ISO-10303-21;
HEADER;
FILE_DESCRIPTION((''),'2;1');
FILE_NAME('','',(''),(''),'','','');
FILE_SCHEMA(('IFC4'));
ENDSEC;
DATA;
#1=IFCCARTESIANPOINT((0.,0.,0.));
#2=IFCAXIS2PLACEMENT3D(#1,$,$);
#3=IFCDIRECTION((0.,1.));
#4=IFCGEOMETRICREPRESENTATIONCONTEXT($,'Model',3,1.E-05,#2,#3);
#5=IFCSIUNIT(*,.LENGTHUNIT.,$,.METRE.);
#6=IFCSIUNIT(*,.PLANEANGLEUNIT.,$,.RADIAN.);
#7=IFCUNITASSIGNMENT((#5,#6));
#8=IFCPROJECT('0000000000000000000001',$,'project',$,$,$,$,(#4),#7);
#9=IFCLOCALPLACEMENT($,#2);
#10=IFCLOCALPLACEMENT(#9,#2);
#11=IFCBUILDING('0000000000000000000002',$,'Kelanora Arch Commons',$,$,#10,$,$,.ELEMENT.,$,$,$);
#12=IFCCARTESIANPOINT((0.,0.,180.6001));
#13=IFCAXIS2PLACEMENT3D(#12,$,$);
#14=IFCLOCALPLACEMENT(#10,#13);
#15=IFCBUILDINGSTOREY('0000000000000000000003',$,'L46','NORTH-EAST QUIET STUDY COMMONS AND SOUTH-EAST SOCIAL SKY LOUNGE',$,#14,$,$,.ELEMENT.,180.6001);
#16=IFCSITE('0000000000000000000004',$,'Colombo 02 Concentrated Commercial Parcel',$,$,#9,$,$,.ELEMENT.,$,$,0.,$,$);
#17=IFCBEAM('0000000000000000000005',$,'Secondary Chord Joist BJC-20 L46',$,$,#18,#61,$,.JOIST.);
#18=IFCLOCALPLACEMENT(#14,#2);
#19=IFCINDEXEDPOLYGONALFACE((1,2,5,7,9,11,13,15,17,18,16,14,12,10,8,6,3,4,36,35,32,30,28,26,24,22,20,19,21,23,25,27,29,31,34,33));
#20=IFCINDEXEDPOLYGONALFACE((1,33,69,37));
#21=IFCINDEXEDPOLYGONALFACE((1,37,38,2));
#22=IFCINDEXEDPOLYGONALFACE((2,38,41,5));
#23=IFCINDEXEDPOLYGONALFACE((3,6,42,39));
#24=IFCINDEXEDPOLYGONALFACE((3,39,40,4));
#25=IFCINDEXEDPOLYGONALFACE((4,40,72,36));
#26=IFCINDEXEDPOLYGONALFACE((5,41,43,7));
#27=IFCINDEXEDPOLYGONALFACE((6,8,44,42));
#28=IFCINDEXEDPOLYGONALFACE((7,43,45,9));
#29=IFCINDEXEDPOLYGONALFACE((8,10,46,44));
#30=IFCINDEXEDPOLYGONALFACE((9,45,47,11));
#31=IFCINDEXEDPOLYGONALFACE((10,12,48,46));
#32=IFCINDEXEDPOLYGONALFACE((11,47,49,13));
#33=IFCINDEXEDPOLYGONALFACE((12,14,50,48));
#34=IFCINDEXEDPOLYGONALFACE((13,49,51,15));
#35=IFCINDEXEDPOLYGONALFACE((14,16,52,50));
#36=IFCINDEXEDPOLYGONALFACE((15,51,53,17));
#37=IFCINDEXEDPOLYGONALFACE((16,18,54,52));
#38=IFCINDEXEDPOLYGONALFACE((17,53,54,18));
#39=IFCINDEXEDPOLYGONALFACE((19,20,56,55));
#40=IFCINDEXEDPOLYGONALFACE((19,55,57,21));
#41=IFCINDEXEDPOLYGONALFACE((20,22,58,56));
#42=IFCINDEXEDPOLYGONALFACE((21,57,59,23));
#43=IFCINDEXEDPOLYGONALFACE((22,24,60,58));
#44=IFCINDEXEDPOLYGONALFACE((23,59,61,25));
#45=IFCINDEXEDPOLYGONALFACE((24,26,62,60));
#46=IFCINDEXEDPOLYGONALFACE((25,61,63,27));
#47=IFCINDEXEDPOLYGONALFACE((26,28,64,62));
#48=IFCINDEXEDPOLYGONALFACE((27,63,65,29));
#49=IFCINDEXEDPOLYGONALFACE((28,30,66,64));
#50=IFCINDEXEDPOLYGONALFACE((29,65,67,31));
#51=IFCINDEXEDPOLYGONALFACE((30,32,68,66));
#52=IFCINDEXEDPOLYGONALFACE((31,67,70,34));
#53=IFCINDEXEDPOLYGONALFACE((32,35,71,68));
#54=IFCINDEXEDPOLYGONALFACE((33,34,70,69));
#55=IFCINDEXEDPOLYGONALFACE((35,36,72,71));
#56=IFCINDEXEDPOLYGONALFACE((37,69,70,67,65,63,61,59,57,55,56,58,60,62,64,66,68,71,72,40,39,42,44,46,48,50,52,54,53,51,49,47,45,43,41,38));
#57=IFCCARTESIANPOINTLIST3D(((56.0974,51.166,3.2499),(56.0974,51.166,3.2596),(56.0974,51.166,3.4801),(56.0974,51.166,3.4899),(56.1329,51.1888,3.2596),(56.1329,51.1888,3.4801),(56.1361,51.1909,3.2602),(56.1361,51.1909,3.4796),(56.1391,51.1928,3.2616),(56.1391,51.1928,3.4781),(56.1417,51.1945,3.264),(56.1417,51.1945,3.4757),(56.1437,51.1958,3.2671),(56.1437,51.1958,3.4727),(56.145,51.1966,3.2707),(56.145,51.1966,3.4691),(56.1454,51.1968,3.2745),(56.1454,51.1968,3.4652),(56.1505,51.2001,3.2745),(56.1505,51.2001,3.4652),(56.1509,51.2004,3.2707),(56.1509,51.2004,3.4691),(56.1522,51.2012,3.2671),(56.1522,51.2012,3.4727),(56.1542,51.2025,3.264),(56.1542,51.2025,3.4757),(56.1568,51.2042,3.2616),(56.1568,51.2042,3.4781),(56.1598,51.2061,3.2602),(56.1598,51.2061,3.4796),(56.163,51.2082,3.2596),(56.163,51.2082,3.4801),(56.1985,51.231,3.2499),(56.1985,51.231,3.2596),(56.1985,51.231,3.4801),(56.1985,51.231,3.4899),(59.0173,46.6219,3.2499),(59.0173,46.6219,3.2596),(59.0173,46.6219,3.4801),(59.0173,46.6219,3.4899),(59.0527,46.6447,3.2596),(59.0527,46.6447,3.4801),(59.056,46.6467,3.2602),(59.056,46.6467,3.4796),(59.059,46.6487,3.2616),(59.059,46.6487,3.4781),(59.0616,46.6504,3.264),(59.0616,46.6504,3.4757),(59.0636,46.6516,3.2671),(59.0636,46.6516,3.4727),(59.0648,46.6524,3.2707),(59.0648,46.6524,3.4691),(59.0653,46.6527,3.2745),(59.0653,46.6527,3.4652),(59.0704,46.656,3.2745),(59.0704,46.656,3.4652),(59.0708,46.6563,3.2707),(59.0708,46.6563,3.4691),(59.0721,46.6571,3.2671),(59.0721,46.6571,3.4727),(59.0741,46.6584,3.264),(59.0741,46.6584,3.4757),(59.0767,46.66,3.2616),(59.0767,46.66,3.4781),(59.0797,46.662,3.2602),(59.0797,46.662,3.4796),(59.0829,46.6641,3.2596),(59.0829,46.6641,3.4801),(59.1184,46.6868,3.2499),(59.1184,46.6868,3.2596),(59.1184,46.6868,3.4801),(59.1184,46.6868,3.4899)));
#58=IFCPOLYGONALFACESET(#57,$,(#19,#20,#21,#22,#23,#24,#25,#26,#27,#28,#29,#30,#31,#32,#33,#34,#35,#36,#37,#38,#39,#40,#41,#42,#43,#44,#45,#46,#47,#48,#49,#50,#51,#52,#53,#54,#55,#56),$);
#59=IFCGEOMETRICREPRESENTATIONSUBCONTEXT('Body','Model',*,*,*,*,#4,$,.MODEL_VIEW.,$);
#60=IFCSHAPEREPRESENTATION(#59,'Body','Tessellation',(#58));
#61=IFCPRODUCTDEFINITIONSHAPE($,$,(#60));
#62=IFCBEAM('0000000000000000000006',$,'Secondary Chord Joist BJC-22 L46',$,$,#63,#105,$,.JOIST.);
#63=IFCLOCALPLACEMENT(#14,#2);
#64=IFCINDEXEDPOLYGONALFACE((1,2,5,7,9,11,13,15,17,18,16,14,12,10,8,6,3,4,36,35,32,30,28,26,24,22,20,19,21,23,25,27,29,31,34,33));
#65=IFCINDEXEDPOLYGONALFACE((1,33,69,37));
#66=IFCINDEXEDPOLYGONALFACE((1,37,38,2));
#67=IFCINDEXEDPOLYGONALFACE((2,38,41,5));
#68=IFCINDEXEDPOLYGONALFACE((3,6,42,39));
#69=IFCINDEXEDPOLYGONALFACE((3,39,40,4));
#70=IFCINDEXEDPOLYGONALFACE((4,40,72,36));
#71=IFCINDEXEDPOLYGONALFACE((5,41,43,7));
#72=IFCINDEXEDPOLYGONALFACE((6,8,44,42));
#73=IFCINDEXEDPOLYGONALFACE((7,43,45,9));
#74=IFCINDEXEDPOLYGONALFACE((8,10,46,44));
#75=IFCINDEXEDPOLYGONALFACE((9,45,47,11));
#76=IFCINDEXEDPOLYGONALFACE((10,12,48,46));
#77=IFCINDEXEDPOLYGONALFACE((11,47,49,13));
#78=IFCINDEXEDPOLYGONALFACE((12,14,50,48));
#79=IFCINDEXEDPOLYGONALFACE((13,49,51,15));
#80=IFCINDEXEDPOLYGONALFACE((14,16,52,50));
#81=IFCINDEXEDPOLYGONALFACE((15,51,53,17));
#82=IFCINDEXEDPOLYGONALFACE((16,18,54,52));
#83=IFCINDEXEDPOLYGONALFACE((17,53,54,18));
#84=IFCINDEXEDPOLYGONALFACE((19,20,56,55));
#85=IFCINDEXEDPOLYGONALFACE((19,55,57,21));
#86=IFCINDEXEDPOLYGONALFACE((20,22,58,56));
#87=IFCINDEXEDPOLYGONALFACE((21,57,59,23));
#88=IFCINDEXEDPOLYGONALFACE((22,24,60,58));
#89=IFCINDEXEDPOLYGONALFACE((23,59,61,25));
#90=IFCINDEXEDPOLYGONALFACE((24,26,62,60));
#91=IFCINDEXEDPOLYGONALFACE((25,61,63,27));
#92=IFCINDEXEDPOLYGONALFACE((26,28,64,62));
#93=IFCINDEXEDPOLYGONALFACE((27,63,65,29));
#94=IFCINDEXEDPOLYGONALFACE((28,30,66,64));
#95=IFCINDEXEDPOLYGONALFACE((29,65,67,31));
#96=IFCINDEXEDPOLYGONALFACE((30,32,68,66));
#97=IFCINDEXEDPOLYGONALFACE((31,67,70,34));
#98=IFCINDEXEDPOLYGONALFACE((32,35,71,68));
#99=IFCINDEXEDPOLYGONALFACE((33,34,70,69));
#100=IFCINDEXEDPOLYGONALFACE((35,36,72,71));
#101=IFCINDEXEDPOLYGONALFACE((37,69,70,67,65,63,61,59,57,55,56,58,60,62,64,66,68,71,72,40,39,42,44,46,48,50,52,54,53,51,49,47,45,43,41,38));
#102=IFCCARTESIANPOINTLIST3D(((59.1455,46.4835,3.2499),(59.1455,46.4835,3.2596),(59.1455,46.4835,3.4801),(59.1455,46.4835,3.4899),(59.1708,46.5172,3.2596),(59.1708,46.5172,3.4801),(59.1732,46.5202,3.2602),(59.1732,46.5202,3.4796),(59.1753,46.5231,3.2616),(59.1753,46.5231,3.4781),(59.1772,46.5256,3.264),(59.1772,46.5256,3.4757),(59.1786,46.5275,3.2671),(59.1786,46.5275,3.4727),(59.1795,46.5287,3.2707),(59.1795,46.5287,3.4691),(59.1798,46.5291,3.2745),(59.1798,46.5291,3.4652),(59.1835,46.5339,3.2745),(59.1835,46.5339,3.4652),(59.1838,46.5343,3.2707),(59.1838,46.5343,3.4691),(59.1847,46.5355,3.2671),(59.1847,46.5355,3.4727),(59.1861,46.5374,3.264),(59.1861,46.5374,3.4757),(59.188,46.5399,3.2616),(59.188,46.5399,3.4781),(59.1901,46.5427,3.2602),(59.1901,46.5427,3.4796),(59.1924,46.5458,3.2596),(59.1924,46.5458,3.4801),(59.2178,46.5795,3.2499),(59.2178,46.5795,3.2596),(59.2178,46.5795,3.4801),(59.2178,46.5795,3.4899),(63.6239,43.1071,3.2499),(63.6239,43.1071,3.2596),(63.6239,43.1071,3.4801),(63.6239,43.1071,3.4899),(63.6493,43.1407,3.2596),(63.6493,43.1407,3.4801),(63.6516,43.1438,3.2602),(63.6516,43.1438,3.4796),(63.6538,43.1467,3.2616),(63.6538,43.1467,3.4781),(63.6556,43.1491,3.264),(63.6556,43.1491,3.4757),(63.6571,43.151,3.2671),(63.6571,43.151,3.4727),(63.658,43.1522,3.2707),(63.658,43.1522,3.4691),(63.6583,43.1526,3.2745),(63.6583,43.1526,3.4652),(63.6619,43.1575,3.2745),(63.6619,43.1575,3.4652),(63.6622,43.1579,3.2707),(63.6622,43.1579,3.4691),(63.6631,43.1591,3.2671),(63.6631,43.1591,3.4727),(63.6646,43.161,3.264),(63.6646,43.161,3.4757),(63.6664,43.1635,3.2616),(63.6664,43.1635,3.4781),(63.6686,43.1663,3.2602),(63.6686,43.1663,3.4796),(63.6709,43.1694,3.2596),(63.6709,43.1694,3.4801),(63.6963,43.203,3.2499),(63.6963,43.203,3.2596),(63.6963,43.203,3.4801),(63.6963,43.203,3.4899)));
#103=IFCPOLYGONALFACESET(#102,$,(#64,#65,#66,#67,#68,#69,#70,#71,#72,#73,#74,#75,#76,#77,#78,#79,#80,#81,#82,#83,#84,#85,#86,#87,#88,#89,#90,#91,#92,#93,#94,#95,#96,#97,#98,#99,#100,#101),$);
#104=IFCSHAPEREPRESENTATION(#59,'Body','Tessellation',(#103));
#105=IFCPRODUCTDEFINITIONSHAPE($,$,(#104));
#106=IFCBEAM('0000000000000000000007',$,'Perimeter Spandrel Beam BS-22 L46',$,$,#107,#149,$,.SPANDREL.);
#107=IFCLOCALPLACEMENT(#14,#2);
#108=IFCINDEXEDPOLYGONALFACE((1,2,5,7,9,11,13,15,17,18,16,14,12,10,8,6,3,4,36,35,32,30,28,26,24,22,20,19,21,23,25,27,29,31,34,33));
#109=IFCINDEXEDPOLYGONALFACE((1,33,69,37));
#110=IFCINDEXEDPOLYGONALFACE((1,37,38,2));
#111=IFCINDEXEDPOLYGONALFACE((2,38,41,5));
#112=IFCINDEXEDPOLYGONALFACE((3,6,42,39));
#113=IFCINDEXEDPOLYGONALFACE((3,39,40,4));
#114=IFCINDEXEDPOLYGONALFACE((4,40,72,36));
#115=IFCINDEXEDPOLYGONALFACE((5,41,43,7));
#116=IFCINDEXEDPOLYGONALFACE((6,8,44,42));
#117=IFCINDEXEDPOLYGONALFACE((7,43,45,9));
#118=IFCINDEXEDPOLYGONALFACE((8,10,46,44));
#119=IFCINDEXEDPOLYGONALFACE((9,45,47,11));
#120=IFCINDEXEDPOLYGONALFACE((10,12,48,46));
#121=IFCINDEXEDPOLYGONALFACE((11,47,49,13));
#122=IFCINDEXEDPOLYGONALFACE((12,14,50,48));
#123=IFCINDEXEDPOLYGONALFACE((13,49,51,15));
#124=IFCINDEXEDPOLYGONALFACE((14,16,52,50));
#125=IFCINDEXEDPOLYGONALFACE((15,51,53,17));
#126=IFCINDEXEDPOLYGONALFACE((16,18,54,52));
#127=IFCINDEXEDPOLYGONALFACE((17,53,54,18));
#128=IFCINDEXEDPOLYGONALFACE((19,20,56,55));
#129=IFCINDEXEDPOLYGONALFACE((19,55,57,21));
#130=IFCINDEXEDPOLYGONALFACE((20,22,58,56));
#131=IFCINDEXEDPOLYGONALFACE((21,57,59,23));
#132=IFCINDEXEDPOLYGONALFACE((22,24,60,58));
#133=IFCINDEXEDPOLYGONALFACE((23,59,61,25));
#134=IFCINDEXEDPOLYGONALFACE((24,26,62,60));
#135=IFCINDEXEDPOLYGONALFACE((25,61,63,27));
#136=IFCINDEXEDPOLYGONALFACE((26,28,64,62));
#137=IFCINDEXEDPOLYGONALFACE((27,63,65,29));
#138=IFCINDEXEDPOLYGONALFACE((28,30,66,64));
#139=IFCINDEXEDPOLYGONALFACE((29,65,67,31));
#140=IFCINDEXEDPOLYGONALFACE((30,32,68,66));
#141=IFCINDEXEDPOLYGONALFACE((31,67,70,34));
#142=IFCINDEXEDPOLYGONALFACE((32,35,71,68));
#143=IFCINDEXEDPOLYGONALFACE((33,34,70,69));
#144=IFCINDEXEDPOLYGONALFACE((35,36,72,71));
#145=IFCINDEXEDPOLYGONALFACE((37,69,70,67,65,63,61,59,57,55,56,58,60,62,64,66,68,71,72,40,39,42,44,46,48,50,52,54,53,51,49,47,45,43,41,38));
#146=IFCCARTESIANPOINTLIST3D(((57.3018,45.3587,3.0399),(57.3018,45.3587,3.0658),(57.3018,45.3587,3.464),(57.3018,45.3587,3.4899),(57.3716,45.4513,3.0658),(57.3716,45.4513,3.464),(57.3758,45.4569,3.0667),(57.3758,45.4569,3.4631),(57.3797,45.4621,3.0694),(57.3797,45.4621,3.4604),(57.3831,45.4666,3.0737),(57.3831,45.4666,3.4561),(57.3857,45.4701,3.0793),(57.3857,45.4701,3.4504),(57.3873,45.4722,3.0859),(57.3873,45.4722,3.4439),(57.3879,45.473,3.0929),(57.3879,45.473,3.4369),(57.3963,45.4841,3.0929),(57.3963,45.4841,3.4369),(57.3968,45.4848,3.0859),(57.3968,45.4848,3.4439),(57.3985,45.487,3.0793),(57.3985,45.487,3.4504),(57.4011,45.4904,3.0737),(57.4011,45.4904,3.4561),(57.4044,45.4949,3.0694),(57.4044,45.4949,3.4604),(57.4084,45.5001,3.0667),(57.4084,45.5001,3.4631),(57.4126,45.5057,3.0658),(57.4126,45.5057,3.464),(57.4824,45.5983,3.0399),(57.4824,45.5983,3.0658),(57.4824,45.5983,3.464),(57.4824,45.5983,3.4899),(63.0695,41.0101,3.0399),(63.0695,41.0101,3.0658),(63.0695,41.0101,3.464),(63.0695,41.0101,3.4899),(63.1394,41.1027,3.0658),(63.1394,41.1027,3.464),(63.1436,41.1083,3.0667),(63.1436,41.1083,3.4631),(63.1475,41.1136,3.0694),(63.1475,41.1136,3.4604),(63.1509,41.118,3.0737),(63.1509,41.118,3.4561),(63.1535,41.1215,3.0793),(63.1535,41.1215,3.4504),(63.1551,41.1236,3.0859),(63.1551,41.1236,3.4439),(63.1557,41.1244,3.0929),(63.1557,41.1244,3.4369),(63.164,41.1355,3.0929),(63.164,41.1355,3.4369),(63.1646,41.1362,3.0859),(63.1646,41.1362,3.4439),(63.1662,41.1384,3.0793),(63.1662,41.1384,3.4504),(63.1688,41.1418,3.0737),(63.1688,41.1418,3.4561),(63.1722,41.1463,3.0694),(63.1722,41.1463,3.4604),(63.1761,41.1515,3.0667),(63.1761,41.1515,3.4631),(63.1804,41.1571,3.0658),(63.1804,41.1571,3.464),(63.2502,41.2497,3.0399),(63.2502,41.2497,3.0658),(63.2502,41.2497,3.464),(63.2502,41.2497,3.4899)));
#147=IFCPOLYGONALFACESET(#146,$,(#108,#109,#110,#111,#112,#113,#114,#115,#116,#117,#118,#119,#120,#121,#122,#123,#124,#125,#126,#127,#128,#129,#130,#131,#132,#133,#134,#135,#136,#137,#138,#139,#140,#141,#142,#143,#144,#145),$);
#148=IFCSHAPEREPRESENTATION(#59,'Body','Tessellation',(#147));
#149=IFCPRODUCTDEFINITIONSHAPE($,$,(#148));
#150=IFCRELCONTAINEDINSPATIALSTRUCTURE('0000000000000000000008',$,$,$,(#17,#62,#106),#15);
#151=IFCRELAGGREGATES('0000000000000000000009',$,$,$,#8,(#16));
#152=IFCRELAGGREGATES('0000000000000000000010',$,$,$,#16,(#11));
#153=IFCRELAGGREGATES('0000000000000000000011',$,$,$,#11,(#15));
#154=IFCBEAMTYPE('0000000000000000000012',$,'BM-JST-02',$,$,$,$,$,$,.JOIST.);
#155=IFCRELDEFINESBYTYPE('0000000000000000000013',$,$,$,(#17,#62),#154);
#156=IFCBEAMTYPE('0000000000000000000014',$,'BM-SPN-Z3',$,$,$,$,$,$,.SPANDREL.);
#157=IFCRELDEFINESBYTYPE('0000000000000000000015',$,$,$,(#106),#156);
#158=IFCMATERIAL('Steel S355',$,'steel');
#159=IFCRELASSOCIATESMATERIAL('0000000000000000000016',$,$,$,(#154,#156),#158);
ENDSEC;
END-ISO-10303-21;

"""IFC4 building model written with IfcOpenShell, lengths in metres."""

from ifc_helpers import new_model, si_unit, direction, frame, origin, origin_2d, place, context, subcontext, project, spatial, i_section, extrude, material, material_profile, profile_set, type_object, element, save


model = new_model("IFC4")

# Units and contexts
model_context = context("Model", 3, precision=1e-05, world=origin(), true_north=direction((0.0, 1.0)))
body_context = subcontext(model_context, "Body", "Model", "MODEL_VIEW")
ifc_project = project(units=[si_unit("LENGTHUNIT", "METRE"), si_unit("PLANEANGLEUNIT", "RADIAN")], contexts=[model_context])

# Site, building, storey
site_placement = place(None, origin())
site = spatial("IfcSite", under=ifc_project, at=site_placement, Name="Colombo 02 Concentrated Commercial Parcel", CompositionType="ELEMENT", RefElevation=0.0)
building_placement = place(site_placement, origin())
building = spatial("IfcBuilding", under=site, at=building_placement, Name="Kelanora Arch Commons", CompositionType="ELEMENT")
storey_placement = place(building_placement, frame((0.0, 0.0, 180.6001)))
storey = spatial("IfcBuildingStorey", under=building, at=storey_placement, Name="L46", Description="NORTH-EAST QUIET STUDY COMMONS AND SOUTH-EAST SOCIAL SKY LOUNGE", CompositionType="ELEMENT", Elevation=180.6001)

# Beams
ifc_material_1 = material(Name="Steel S355", Category="steel")
ifc_material_profile_1 = material_profile(ifc_material_1, i_section(OverallWidth=0.1201, OverallDepth=0.24, WebThickness=0.0061, FlangeThickness=0.0098, FilletRadius=0.0149, at=origin_2d()), Name="IPE240")
ifc_profile_set_1 = profile_set([ifc_material_profile_1], Name="Steel S355")
beam_type_1 = type_object("IfcBeamType", Name="BM-JST-02", PredefinedType="JOIST", material=ifc_profile_set_1)
beam_1_placement = place(storey_placement, frame((56.1479, 51.1985, 3.3699), z_axis=(0.540582, -0.841292, 0.0), x_axis=(0.841292, 0.540582, 0.0)))
element("IfcBeam", 1, at=beam_1_placement, inside=storey, type_object=beam_type_1, Name="Secondary Chord Joist BJC-20 L46", PredefinedType="JOIST", context=body_context, shape_type="SweptSolid", body=[
    extrude(i_section(OverallWidth=0.1201, OverallDepth=0.24, WebThickness=0.0061, FlangeThickness=0.0098, FilletRadius=0.0149, at=origin_2d()), origin(), (0.0, 0.0, 1.0), 5.4014),
])
beam_2_placement = place(storey_placement, frame((59.1816, 46.5315, 3.3699), z_axis=(0.798493, -0.602004, 0.0), x_axis=(0.602004, 0.798493, 0.0)))
element("IfcBeam", 2, at=beam_2_placement, inside=storey, type_object=beam_type_1, Name="Secondary Chord Joist BJC-22 L46", PredefinedType="JOIST", context=body_context, shape_type="SweptSolid", body=[
    extrude(i_section(OverallWidth=0.1201, OverallDepth=0.24, WebThickness=0.0061, FlangeThickness=0.0098, FilletRadius=0.0149, at=origin_2d()), origin(), (0.0, 0.0, 1.0), 5.6086),
])
ifc_material_profile_2 = material_profile(ifc_material_1, i_section(OverallWidth=0.3, OverallDepth=0.45, WebThickness=0.0139, FlangeThickness=0.0259, FilletRadius=0.0271, at=origin_2d()), Name="HEB450")
ifc_profile_set_2 = profile_set([ifc_material_profile_2], Name="Steel S355")
beam_type_2 = type_object("IfcBeamType", Name="BM-SPN-Z3", PredefinedType="SPANDREL", material=ifc_profile_set_2)
beam_3_placement = place(storey_placement, frame((57.3921, 45.4785, 3.2649), z_axis=(0.798485, -0.602015, 0.0), x_axis=(0.602015, 0.798485, 0.0)))
element("IfcBeam", 3, at=beam_3_placement, inside=storey, type_object=beam_type_2, Name="Perimeter Spandrel Beam BS-22 L46", PredefinedType="SPANDREL", context=body_context, shape_type="SweptSolid", body=[
    extrude(i_section(OverallWidth=0.3, OverallDepth=0.45, WebThickness=0.0139, FlangeThickness=0.0259, FilletRadius=0.0271, at=origin_2d()), origin(), (0.0, 0.0, 1.0), 7.2234),
])

save(model, "model.ifc")
